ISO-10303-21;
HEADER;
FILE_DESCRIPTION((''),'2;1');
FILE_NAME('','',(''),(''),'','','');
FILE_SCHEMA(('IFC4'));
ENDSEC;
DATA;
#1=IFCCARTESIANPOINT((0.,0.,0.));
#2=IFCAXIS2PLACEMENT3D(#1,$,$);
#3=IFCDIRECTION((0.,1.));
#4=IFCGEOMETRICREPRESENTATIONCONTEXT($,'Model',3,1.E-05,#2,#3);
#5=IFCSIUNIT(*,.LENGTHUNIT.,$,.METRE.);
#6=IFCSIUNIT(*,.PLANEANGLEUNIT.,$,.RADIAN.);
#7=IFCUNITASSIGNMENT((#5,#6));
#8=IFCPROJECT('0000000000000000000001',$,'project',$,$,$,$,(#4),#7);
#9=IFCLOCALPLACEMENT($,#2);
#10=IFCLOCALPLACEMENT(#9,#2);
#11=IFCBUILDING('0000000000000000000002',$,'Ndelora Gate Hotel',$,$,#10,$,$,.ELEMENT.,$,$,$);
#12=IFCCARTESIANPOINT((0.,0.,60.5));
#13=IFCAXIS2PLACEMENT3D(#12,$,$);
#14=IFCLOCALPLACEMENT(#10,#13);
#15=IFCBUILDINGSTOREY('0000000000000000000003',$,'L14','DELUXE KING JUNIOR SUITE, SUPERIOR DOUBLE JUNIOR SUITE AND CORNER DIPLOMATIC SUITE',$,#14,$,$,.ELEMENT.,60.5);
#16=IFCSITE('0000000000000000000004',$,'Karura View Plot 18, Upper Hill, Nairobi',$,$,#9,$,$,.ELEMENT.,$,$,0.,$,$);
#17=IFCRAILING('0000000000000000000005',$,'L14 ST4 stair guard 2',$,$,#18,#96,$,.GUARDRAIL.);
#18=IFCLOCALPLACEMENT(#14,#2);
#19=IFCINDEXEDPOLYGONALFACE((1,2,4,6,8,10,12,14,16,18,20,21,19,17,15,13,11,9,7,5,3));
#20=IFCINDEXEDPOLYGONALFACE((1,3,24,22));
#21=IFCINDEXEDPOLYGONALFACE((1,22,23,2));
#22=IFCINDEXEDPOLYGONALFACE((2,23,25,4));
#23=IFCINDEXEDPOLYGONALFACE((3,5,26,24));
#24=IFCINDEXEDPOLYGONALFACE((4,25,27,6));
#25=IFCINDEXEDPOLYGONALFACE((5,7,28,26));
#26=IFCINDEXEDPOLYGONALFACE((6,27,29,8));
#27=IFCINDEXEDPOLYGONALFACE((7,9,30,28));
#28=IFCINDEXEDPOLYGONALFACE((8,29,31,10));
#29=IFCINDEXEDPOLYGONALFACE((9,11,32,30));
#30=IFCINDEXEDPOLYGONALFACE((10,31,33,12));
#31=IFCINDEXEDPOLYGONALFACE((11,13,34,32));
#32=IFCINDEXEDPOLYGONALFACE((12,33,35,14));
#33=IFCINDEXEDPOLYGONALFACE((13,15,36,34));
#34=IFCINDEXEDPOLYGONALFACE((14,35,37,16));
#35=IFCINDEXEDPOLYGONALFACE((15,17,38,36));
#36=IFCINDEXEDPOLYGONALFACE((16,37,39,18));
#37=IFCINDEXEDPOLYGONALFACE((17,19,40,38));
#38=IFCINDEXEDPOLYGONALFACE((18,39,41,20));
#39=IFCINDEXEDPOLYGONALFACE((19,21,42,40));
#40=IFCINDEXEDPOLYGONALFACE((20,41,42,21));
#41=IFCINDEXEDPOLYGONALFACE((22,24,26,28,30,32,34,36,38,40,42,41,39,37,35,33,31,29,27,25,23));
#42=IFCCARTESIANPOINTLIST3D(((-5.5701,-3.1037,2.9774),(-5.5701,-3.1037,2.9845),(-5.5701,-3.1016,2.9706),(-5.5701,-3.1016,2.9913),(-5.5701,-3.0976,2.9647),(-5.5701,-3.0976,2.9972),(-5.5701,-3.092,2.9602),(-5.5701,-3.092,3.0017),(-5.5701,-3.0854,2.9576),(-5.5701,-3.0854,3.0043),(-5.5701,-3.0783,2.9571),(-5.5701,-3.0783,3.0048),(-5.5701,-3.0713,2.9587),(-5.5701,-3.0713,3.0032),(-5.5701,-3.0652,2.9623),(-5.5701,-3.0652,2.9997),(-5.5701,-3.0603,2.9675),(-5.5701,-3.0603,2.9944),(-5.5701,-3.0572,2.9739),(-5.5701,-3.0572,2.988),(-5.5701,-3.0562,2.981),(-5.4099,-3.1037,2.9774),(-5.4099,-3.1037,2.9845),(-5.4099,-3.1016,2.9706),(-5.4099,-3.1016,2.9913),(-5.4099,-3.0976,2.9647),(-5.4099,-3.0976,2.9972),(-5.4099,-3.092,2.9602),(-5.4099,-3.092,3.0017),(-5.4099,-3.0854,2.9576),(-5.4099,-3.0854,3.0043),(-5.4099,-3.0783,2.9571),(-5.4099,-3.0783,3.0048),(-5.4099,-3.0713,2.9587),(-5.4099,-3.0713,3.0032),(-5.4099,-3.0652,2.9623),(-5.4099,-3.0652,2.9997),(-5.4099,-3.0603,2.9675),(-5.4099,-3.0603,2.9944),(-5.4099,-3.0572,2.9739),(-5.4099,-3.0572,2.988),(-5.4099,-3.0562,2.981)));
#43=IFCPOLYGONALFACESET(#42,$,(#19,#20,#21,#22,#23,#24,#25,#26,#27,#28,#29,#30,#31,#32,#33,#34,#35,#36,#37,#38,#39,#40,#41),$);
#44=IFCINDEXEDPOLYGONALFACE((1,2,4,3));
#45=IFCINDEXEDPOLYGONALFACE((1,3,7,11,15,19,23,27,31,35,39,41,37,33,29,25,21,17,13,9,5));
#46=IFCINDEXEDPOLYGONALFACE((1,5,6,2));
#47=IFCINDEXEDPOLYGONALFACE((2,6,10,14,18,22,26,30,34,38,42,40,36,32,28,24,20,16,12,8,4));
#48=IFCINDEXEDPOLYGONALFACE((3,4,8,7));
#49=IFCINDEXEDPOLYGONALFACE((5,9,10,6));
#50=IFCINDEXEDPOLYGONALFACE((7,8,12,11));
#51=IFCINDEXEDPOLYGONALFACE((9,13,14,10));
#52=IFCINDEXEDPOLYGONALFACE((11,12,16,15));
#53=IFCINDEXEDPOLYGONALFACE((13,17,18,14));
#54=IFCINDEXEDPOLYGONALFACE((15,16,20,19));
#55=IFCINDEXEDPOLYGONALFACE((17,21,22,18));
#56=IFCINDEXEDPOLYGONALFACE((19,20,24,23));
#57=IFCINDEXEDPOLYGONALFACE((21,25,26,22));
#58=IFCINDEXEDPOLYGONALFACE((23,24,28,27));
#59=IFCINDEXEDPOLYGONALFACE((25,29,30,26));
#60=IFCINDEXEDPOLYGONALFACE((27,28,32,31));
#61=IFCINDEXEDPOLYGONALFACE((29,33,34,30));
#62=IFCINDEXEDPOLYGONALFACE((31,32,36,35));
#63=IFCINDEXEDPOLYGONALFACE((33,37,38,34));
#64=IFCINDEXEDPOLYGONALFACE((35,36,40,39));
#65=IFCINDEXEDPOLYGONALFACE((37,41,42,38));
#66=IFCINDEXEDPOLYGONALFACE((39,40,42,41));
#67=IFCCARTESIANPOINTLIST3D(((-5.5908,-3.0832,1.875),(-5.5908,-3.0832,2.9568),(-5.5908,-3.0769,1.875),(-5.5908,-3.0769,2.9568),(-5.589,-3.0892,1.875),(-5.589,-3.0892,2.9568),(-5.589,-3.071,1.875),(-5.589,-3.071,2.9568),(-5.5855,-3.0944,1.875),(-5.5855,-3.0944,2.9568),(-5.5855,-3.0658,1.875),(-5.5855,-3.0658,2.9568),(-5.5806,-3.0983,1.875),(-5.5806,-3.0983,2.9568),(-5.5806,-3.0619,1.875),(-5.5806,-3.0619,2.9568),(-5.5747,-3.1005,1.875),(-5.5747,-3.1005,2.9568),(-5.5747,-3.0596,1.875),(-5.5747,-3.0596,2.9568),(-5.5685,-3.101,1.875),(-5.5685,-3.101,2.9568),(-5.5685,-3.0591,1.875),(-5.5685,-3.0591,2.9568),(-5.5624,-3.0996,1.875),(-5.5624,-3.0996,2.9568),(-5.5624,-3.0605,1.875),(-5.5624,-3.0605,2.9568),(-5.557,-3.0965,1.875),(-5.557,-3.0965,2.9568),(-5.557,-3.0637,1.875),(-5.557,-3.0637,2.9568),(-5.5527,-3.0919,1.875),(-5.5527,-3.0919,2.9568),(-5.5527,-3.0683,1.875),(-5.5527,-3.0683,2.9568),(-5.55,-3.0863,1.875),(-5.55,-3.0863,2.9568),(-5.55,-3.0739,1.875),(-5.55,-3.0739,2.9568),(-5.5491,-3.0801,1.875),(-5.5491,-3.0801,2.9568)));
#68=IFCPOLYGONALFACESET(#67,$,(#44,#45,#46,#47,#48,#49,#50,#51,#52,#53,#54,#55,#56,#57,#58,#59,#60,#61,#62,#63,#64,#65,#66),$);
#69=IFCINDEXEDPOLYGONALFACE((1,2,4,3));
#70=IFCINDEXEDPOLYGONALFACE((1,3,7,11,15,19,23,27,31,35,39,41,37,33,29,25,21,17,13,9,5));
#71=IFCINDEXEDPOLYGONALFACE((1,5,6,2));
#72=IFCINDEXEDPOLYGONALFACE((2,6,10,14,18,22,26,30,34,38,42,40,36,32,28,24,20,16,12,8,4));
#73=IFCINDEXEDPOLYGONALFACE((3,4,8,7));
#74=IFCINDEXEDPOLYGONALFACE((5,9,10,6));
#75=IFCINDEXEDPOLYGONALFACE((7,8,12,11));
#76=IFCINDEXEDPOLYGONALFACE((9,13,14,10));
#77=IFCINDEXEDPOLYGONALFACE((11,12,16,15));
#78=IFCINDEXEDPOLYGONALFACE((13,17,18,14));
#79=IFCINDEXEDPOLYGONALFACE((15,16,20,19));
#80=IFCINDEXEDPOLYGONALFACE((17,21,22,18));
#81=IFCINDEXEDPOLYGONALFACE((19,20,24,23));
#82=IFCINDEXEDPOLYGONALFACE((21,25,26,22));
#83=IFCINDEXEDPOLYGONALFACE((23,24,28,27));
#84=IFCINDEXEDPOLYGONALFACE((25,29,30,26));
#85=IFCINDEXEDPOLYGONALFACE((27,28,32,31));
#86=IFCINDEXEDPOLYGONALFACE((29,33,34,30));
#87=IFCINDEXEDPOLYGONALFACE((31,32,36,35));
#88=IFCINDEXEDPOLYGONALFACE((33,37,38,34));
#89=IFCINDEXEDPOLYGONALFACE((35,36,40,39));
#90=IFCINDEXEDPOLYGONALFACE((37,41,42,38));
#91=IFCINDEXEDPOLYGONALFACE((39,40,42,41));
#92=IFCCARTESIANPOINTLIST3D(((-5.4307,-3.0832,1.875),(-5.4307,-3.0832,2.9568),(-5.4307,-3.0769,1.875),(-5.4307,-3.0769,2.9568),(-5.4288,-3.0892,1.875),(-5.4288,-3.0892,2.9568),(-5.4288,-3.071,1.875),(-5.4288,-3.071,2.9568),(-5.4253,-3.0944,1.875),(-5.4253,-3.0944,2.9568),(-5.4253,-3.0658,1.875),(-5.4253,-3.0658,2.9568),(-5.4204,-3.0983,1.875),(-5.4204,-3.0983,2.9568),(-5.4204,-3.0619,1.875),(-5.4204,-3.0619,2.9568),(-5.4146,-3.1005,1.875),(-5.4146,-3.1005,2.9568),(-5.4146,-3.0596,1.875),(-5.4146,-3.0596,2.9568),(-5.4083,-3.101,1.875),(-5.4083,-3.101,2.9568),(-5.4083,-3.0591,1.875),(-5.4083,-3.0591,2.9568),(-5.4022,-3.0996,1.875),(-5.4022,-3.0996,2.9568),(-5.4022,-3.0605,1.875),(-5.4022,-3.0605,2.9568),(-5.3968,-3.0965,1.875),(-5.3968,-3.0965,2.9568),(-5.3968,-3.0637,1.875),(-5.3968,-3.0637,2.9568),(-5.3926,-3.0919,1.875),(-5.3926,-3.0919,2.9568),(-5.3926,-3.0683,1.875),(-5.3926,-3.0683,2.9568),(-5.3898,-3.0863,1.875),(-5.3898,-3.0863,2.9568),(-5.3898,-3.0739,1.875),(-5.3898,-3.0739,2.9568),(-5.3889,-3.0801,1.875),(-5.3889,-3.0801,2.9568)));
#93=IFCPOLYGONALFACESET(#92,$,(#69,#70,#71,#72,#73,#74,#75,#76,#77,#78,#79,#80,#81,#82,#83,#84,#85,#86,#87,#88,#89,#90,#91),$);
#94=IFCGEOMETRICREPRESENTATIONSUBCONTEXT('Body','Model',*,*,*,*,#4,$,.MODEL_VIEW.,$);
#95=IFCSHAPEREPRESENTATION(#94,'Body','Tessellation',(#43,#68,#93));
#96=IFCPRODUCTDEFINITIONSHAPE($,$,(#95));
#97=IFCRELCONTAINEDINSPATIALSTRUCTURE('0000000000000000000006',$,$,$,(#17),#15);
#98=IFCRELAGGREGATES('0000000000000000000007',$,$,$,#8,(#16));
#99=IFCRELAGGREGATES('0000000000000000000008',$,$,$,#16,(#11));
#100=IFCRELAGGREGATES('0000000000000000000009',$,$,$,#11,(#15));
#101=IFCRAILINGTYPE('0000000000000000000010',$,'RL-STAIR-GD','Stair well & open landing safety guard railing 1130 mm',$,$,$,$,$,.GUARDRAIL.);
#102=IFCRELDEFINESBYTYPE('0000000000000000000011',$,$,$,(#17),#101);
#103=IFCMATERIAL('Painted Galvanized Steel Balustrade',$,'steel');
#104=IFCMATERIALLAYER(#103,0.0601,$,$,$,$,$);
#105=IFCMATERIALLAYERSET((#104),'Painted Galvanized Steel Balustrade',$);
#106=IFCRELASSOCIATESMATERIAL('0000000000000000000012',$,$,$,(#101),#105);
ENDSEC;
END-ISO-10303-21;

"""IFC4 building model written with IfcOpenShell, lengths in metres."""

from ifc_helpers import new_model, si_unit, direction, frame, origin, origin_2d, place, context, subcontext, project, spatial, circle, extrude, material, layer, layer_set, type_object, element, save


model = new_model("IFC4")

# Units and contexts
model_context = context("Model", 3, precision=1e-05, world=origin(), true_north=direction((0.0, 1.0)))
body_context = subcontext(model_context, "Body", "Model", "MODEL_VIEW")
ifc_project = project(units=[si_unit("LENGTHUNIT", "METRE"), si_unit("PLANEANGLEUNIT", "RADIAN")], contexts=[model_context])

# Site, building, storey
site_placement = place(None, origin())
site = spatial("IfcSite", under=ifc_project, at=site_placement, Name="Karura View Plot 18, Upper Hill, Nairobi", CompositionType="ELEMENT", RefElevation=0.0)
building_placement = place(site_placement, origin())
building = spatial("IfcBuilding", under=site, at=building_placement, Name="Ndelora Gate Hotel", CompositionType="ELEMENT")
storey_placement = place(building_placement, frame((0.0, 0.0, 60.5)))
storey = spatial("IfcBuildingStorey", under=building, at=storey_placement, Name="L14", Description="DELUXE KING JUNIOR SUITE, SUPERIOR DOUBLE JUNIOR SUITE AND CORNER DIPLOMATIC SUITE", CompositionType="ELEMENT", Elevation=60.5)

# Railing
ifc_material_1 = material(Name="Painted Galvanized Steel Balustrade", Category="steel")
ifc_layer_1 = layer(ifc_material_1, 0.0601)
ifc_layer_set_1 = layer_set([ifc_layer_1], Name="Painted Galvanized Steel Balustrade")
railing_type_1 = type_object("IfcRailingType", Name="RL-STAIR-GD", Description="Stair well & open landing safety guard railing 1130 mm", PredefinedType="GUARDRAIL", material=ifc_layer_set_1)
railing_1_placement = place(storey_placement, frame((-5.5701, -3.0801, 1.875)))
element("IfcRailing", 1, at=railing_1_placement, inside=storey, type_object=railing_type_1, Name="L14 ST4 stair guard 2", PredefinedType="GUARDRAIL", context=body_context, shape_type="SweptSolid", body=[
    extrude(circle(Radius=0.0239, at=origin_2d()), frame((0.0, 0.0, 1.106), z_axis=(1.0, 0.0, 0.0), x_axis=(0.0, 1.0, 0.0)), (0.0, 0.0, 1.0), 0.1602),
    extrude(circle(Radius=0.021, at=origin_2d()), origin(), (0.0, 0.0, 1.0), 1.0818),
    extrude(circle(Radius=0.021, at=origin_2d()), frame((0.1602, 0.0, 0.0)), (0.0, 0.0, 1.0), 1.0818),
])

save(model, "model.ifc")
